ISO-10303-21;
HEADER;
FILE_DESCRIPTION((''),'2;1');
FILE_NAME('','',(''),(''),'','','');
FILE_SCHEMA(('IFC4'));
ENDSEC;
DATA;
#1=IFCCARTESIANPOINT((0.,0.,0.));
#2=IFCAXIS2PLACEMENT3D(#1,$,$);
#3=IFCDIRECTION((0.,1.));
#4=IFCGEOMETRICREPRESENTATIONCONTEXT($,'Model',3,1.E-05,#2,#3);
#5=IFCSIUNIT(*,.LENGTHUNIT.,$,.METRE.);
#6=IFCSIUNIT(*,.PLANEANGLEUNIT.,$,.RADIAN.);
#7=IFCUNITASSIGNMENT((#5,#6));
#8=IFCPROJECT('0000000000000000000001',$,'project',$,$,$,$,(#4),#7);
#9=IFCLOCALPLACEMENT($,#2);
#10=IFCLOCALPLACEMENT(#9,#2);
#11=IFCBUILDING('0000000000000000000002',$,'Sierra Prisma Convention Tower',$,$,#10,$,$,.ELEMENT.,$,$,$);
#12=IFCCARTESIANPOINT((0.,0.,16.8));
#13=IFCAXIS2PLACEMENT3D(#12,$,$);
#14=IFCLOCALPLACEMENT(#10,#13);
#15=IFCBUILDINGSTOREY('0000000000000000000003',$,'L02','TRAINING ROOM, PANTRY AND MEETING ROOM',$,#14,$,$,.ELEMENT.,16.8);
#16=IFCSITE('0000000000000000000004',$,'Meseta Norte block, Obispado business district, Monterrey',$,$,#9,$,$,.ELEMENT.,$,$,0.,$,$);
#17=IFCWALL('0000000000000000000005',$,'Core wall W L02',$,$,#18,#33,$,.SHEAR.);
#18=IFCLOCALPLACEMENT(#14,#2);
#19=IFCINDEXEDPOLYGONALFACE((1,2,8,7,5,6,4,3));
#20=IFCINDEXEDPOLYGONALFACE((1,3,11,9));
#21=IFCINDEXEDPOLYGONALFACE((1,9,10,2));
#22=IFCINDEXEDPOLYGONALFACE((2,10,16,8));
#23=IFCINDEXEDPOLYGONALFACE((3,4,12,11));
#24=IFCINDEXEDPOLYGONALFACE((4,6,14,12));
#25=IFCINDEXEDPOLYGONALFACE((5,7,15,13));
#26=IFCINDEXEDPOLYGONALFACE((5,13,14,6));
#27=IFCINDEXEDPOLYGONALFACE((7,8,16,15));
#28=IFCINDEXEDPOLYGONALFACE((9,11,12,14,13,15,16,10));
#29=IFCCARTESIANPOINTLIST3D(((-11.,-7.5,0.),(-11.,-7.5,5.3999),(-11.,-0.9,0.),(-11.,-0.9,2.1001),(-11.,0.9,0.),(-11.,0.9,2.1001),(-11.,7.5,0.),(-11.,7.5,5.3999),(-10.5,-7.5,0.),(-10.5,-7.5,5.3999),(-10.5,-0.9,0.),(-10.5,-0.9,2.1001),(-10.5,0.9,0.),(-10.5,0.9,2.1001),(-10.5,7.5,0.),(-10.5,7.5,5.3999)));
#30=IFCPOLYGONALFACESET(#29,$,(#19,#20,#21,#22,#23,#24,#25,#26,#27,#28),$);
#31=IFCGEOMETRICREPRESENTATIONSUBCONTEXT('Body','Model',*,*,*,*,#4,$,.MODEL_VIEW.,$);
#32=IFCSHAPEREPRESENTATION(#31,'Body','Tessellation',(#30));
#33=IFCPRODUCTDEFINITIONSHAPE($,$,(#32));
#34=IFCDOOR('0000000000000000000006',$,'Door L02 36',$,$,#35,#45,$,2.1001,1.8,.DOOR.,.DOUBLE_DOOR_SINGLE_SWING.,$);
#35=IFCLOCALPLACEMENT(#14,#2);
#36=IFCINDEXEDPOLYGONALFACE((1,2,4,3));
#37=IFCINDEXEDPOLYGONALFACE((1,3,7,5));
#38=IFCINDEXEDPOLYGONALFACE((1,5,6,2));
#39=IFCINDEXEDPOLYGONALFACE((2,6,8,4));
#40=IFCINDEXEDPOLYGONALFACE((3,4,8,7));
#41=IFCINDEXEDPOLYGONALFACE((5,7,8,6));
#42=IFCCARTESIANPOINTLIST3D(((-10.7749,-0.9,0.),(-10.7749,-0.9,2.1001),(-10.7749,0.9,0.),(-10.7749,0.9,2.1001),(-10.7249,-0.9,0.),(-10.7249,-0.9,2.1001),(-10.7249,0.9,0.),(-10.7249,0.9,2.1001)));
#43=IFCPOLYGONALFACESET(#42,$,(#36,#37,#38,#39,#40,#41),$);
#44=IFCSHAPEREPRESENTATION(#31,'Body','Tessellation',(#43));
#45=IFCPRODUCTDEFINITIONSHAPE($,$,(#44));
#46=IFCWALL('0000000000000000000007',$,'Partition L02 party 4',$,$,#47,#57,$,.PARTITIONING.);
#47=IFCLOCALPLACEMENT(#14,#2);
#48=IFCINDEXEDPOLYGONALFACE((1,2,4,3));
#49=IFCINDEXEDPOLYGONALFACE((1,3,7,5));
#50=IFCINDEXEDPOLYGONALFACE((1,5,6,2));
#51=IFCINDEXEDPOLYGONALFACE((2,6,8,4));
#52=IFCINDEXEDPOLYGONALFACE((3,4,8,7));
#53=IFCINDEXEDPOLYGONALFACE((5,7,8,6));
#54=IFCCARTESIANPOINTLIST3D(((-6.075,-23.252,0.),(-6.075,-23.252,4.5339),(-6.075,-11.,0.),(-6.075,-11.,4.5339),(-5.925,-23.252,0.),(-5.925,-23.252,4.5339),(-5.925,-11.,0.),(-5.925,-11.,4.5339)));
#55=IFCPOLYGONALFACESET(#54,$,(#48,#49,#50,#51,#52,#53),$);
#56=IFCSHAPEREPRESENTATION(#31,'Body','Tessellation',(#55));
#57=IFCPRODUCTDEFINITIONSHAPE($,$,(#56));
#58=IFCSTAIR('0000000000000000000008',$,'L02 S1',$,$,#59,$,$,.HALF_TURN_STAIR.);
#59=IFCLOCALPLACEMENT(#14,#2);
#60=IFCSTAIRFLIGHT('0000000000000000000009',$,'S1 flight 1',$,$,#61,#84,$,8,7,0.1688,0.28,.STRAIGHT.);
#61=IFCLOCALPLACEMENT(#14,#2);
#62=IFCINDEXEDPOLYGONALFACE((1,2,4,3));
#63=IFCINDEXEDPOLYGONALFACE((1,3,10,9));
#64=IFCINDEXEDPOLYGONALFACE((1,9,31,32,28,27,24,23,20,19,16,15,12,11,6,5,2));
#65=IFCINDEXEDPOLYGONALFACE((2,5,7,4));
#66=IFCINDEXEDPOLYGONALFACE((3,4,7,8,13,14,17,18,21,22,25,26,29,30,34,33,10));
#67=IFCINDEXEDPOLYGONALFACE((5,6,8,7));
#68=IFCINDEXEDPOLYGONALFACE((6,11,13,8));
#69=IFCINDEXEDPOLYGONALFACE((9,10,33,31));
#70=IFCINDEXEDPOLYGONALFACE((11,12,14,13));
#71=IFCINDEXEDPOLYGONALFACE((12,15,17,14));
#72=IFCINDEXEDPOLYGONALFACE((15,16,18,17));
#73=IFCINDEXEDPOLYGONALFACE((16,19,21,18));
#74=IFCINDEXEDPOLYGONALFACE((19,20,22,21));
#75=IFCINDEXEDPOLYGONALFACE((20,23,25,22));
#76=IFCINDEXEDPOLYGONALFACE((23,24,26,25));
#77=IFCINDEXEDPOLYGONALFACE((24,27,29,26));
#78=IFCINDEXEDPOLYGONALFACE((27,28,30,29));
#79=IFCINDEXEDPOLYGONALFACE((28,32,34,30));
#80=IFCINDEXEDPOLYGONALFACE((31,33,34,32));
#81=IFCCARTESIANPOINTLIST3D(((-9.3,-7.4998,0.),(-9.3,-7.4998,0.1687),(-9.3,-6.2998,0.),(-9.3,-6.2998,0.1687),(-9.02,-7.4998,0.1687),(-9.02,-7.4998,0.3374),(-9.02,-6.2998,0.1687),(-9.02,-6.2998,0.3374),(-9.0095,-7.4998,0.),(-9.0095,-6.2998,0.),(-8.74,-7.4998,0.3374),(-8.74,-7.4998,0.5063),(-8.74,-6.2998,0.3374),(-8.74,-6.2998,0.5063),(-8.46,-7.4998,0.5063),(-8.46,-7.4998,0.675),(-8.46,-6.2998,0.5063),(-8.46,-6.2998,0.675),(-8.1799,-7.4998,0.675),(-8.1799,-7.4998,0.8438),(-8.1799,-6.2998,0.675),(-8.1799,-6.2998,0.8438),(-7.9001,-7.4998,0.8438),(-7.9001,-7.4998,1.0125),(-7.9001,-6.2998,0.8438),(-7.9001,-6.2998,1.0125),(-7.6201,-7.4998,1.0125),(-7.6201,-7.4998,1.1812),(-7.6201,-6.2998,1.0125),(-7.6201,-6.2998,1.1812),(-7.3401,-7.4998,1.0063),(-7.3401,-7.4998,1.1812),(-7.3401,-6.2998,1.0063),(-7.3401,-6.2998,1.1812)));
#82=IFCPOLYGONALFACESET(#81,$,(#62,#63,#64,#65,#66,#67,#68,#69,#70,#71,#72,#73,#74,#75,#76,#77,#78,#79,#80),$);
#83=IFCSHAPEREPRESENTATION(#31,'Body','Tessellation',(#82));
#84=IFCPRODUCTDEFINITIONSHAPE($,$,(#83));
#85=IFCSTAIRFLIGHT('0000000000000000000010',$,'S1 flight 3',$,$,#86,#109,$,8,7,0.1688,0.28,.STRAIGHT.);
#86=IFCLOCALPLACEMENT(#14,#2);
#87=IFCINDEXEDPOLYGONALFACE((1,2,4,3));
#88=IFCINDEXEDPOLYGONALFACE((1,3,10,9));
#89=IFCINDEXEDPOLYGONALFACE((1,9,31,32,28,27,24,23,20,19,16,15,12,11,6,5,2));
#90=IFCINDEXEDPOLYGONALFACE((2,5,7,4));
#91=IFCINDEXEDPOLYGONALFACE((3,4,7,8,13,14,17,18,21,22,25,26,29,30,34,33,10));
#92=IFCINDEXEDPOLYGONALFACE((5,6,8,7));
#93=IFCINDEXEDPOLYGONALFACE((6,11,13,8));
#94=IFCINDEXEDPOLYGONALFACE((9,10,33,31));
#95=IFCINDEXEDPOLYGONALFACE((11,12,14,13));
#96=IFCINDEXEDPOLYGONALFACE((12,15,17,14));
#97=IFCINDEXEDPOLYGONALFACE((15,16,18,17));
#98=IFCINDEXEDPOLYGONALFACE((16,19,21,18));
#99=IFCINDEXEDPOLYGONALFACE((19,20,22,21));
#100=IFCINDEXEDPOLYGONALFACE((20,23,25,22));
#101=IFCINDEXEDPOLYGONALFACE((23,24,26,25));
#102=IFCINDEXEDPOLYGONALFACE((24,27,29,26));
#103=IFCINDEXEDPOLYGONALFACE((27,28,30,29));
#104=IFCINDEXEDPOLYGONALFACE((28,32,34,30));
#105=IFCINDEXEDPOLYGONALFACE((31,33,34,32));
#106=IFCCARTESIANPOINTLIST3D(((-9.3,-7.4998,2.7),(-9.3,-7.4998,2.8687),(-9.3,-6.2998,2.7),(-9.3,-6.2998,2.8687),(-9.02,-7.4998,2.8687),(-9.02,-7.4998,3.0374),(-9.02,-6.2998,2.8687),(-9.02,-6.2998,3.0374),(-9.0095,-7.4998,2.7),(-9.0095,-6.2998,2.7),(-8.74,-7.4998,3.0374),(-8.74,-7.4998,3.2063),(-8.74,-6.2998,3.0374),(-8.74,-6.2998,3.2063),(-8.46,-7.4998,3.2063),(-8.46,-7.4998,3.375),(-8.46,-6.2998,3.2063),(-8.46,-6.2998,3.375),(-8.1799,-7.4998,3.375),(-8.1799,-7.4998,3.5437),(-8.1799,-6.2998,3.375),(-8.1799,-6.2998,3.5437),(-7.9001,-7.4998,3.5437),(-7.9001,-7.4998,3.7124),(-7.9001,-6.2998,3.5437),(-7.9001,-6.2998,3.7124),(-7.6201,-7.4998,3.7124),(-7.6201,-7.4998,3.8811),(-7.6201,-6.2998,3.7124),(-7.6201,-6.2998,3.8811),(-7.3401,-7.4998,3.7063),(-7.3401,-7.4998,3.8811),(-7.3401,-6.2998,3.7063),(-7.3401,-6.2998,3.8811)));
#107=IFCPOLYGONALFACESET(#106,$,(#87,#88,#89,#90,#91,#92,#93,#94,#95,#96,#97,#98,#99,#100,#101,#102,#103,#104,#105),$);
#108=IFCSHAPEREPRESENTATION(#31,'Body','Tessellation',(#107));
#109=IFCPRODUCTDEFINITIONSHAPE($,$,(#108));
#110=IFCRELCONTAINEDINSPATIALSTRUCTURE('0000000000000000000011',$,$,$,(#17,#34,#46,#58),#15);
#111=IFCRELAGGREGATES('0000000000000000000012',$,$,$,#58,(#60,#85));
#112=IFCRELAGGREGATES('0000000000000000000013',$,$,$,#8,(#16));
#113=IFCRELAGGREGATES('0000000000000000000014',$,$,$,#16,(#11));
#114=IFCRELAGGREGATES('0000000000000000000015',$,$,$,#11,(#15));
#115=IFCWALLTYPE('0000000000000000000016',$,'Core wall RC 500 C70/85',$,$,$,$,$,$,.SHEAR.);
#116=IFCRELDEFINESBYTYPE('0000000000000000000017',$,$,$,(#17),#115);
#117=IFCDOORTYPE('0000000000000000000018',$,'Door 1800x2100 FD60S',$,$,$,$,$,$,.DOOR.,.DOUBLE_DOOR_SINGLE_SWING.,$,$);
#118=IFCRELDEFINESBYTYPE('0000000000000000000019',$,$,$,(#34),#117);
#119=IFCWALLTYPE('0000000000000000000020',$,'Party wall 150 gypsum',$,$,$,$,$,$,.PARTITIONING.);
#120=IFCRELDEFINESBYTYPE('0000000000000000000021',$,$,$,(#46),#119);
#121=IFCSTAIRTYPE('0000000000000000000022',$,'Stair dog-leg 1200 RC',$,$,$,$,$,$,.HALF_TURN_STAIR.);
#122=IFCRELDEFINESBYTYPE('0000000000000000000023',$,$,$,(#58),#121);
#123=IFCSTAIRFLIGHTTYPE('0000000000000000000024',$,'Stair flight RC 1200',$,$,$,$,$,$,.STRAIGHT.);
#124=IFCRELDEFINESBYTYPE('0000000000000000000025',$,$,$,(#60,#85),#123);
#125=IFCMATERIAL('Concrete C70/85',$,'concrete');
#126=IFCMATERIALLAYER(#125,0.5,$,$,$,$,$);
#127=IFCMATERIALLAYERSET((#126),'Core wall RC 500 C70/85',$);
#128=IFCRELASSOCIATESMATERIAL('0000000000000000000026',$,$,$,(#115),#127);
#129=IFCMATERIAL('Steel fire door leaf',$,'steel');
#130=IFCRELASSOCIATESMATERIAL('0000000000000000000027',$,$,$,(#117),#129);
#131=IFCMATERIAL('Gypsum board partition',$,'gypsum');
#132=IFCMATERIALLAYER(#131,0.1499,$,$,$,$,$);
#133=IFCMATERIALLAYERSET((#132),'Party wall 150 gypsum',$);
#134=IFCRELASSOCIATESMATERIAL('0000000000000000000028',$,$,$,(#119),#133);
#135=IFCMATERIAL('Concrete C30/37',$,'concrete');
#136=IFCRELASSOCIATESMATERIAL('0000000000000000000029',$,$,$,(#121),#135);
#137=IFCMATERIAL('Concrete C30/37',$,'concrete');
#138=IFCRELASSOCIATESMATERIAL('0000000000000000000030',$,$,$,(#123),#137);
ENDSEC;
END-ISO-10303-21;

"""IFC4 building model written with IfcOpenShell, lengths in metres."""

from ifc_helpers import new_model, si_unit, direction, frame, frame_2d, origin, place, context, subcontext, project, spatial, polyline, rectangle, outline, extrude, material, layer, layer_set, type_object, element, fill, aggregate, save


model = new_model("IFC4")

# Units and contexts
model_context = context("Model", 3, precision=1e-05, world=origin(), true_north=direction((0.0, 1.0)))
body_context = subcontext(model_context, "Body", "Model", "MODEL_VIEW")
ifc_project = project(units=[si_unit("LENGTHUNIT", "METRE"), si_unit("PLANEANGLEUNIT", "RADIAN")], contexts=[model_context])

# Site, building, storey
site_placement = place(None, origin())
site = spatial("IfcSite", under=ifc_project, at=site_placement, Name="Meseta Norte block, Obispado business district, Monterrey", CompositionType="ELEMENT", RefElevation=0.0)
building_placement = place(site_placement, origin())
building = spatial("IfcBuilding", under=site, at=building_placement, Name="Sierra Prisma Convention Tower", CompositionType="ELEMENT")
storey_placement = place(building_placement, frame((0.0, 0.0, 16.8)))
storey = spatial("IfcBuildingStorey", under=building, at=storey_placement, Name="L02", Description="TRAINING ROOM, PANTRY AND MEETING ROOM", CompositionType="ELEMENT", Elevation=16.8)

# Wall, opening, door
ifc_material_1 = material(Name="Concrete C70/85", Category="concrete")
ifc_layer_1 = layer(ifc_material_1, 0.5)
ifc_layer_set_1 = layer_set([ifc_layer_1], Name="Core wall RC 500 C70/85")
wall_type_1 = type_object("IfcWallType", Name="Core wall RC 500 C70/85", PredefinedType="SHEAR", material=ifc_layer_set_1)
wall_1_placement = place(storey_placement, frame((-10.75, -7.5, 0.0), z_axis=(0.0, 0.0, 1.0), x_axis=(0.0, 1.0, 0.0)))
wall_1 = element("IfcWall", 1, at=wall_1_placement, inside=storey, type_object=wall_type_1, Name="Core wall W L02", PredefinedType="SHEAR", context=body_context, shape_type="SweptSolid", body=[
    extrude(rectangle(XDim=15.0, YDim=0.5, at=frame_2d((7.5, 0.0))), origin(), (0.0, 0.0, 1.0), 5.3999),
])
opening_1_placement = place(wall_1_placement, frame((6.6001, 0.0, 0.0)))
opening_1 = element("IfcOpeningElement", 2, at=opening_1_placement, cuts=wall_1, PredefinedType="OPENING", context=body_context, shape_type="SweptSolid", body=[
    extrude(rectangle(XDim=1.8, YDim=2.1001, at=frame_2d((0.8999, 1.05))), frame((0.0, 0.25, 0.0), z_axis=(0.0, -1.0, 0.0), x_axis=(1.0, 0.0, 0.0)), (0.0, 0.0, 1.0), 0.5),
])
ifc_material_2 = material(Name="Steel fire door leaf", Category="steel")
door_type_1 = type_object("IfcDoorType", Name="Door 1800x2100 FD60S", OperationType="DOUBLE_DOOR_SINGLE_SWING", PredefinedType="DOOR", material=ifc_material_2)
door_1_placement = place(opening_1_placement, origin())
door_1 = element("IfcDoor", 3, at=door_1_placement, inside=storey, type_object=door_type_1, Name="Door L02 36", OperationType="DOUBLE_DOOR_SINGLE_SWING", OverallHeight=2.1001, OverallWidth=1.8, PredefinedType="DOOR", context=body_context, shape_type="SweptSolid", body=[
    extrude(rectangle(XDim=1.8, YDim=2.1001, at=frame_2d((0.8999, 1.05))), frame((0.0, 0.0249, 0.0), z_axis=(0.0, -1.0, 0.0), x_axis=(1.0, 0.0, 0.0)), (0.0, 0.0, 1.0), 0.05),
])
fill(opening_1, door_1)

# Wall
ifc_material_3 = material(Name="Gypsum board partition", Category="gypsum")
ifc_layer_2 = layer(ifc_material_3, 0.1499)
ifc_layer_set_2 = layer_set([ifc_layer_2], Name="Party wall 150 gypsum")
wall_type_2 = type_object("IfcWallType", Name="Party wall 150 gypsum", PredefinedType="PARTITIONING", material=ifc_layer_set_2)
wall_2_placement = place(storey_placement, frame((-6.0, -11.0, 0.0), z_axis=(0.0, 0.0, 1.0), x_axis=(0.0, -1.0, 0.0)))
element("IfcWall", 4, at=wall_2_placement, inside=storey, type_object=wall_type_2, Name="Partition L02 party 4", PredefinedType="PARTITIONING", context=body_context, shape_type="SweptSolid", body=[
    extrude(rectangle(XDim=12.252, YDim=0.1499, at=frame_2d((6.126, 0.0))), origin(), (0.0, 0.0, 1.0), 4.5339),
])

# Stair, stair flights
ifc_material_4 = material(Name="Concrete C30/37", Category="concrete")
stair_type = type_object("IfcStairType", Name="Stair dog-leg 1200 RC", PredefinedType="HALF_TURN_STAIR", material=ifc_material_4)
stair_placement = place(storey_placement, origin())
stair = element("IfcStair", 5, at=stair_placement, inside=storey, type_object=stair_type, Name="L02 S1", PredefinedType="HALF_TURN_STAIR")
ifc_material_5 = material(Name="Concrete C30/37", Category="concrete")
stair_flight_type = type_object("IfcStairFlightType", Name="Stair flight RC 1200", PredefinedType="STRAIGHT", material=ifc_material_5)
stair_flight_1_placement = place(storey_placement, frame((-9.3, -6.8999, 0.0), z_axis=(0.0, 0.0, 1.0), x_axis=(1.0, 0.0, 0.0)))
stair_flight_1 = element("IfcStairFlight", 6, at=stair_flight_1_placement, type_object=stair_flight_type, Name="S1 flight 1", NumberOfRisers=8, NumberOfTreads=7, PredefinedType="STRAIGHT", RiserHeight=0.1688, TreadLength=0.28, context=body_context, shape_type="SweptSolid", body=[
    extrude(outline(polyline([(0.0, 0.0), (0.0, 0.1687), (0.28, 0.1687), (0.28, 0.3374), (0.5601, 0.3374), (0.5601, 0.5063), (0.8401, 0.5063), (0.8401, 0.675), (1.1201, 0.675), (1.1201, 0.8438), (1.3999, 0.8438), (1.3999, 1.0125), (1.6799, 1.0125), (1.6799, 1.1812), (1.96, 1.1812), (1.96, 1.3501), (1.96, 1.0063), (0.2905, 0.0), (0.0, 0.0)])), frame((0.0, 0.6001, 0.0), z_axis=(0.0, -1.0, 0.0), x_axis=(1.0, 0.0, 0.0)), (0.0, 0.0, 1.0), 1.2),
])
stair_flight_2_placement = place(storey_placement, frame((-9.3, -6.8999, 2.7), z_axis=(0.0, 0.0, 1.0), x_axis=(1.0, 0.0, 0.0)))
stair_flight_2 = element("IfcStairFlight", 7, at=stair_flight_2_placement, type_object=stair_flight_type, Name="S1 flight 3", NumberOfRisers=8, NumberOfTreads=7, PredefinedType="STRAIGHT", RiserHeight=0.1688, TreadLength=0.28, context=body_context, shape_type="SweptSolid", body=[
    extrude(outline(polyline([(0.0, 0.0), (0.0, 0.1687), (0.28, 0.1687), (0.28, 0.3374), (0.5601, 0.3374), (0.5601, 0.5063), (0.8401, 0.5063), (0.8401, 0.675), (1.1201, 0.675), (1.1201, 0.8438), (1.3999, 0.8438), (1.3999, 1.0125), (1.6799, 1.0125), (1.6799, 1.1812), (1.96, 1.1812), (1.96, 1.3501), (1.96, 1.0063), (0.2905, 0.0), (0.0, 0.0)])), frame((0.0, 0.6001, 0.0), z_axis=(0.0, -1.0, 0.0), x_axis=(1.0, 0.0, 0.0)), (0.0, 0.0, 1.0), 1.2),
])
aggregate(stair, [stair_flight_1, stair_flight_2])

save(model, "model.ifc")
